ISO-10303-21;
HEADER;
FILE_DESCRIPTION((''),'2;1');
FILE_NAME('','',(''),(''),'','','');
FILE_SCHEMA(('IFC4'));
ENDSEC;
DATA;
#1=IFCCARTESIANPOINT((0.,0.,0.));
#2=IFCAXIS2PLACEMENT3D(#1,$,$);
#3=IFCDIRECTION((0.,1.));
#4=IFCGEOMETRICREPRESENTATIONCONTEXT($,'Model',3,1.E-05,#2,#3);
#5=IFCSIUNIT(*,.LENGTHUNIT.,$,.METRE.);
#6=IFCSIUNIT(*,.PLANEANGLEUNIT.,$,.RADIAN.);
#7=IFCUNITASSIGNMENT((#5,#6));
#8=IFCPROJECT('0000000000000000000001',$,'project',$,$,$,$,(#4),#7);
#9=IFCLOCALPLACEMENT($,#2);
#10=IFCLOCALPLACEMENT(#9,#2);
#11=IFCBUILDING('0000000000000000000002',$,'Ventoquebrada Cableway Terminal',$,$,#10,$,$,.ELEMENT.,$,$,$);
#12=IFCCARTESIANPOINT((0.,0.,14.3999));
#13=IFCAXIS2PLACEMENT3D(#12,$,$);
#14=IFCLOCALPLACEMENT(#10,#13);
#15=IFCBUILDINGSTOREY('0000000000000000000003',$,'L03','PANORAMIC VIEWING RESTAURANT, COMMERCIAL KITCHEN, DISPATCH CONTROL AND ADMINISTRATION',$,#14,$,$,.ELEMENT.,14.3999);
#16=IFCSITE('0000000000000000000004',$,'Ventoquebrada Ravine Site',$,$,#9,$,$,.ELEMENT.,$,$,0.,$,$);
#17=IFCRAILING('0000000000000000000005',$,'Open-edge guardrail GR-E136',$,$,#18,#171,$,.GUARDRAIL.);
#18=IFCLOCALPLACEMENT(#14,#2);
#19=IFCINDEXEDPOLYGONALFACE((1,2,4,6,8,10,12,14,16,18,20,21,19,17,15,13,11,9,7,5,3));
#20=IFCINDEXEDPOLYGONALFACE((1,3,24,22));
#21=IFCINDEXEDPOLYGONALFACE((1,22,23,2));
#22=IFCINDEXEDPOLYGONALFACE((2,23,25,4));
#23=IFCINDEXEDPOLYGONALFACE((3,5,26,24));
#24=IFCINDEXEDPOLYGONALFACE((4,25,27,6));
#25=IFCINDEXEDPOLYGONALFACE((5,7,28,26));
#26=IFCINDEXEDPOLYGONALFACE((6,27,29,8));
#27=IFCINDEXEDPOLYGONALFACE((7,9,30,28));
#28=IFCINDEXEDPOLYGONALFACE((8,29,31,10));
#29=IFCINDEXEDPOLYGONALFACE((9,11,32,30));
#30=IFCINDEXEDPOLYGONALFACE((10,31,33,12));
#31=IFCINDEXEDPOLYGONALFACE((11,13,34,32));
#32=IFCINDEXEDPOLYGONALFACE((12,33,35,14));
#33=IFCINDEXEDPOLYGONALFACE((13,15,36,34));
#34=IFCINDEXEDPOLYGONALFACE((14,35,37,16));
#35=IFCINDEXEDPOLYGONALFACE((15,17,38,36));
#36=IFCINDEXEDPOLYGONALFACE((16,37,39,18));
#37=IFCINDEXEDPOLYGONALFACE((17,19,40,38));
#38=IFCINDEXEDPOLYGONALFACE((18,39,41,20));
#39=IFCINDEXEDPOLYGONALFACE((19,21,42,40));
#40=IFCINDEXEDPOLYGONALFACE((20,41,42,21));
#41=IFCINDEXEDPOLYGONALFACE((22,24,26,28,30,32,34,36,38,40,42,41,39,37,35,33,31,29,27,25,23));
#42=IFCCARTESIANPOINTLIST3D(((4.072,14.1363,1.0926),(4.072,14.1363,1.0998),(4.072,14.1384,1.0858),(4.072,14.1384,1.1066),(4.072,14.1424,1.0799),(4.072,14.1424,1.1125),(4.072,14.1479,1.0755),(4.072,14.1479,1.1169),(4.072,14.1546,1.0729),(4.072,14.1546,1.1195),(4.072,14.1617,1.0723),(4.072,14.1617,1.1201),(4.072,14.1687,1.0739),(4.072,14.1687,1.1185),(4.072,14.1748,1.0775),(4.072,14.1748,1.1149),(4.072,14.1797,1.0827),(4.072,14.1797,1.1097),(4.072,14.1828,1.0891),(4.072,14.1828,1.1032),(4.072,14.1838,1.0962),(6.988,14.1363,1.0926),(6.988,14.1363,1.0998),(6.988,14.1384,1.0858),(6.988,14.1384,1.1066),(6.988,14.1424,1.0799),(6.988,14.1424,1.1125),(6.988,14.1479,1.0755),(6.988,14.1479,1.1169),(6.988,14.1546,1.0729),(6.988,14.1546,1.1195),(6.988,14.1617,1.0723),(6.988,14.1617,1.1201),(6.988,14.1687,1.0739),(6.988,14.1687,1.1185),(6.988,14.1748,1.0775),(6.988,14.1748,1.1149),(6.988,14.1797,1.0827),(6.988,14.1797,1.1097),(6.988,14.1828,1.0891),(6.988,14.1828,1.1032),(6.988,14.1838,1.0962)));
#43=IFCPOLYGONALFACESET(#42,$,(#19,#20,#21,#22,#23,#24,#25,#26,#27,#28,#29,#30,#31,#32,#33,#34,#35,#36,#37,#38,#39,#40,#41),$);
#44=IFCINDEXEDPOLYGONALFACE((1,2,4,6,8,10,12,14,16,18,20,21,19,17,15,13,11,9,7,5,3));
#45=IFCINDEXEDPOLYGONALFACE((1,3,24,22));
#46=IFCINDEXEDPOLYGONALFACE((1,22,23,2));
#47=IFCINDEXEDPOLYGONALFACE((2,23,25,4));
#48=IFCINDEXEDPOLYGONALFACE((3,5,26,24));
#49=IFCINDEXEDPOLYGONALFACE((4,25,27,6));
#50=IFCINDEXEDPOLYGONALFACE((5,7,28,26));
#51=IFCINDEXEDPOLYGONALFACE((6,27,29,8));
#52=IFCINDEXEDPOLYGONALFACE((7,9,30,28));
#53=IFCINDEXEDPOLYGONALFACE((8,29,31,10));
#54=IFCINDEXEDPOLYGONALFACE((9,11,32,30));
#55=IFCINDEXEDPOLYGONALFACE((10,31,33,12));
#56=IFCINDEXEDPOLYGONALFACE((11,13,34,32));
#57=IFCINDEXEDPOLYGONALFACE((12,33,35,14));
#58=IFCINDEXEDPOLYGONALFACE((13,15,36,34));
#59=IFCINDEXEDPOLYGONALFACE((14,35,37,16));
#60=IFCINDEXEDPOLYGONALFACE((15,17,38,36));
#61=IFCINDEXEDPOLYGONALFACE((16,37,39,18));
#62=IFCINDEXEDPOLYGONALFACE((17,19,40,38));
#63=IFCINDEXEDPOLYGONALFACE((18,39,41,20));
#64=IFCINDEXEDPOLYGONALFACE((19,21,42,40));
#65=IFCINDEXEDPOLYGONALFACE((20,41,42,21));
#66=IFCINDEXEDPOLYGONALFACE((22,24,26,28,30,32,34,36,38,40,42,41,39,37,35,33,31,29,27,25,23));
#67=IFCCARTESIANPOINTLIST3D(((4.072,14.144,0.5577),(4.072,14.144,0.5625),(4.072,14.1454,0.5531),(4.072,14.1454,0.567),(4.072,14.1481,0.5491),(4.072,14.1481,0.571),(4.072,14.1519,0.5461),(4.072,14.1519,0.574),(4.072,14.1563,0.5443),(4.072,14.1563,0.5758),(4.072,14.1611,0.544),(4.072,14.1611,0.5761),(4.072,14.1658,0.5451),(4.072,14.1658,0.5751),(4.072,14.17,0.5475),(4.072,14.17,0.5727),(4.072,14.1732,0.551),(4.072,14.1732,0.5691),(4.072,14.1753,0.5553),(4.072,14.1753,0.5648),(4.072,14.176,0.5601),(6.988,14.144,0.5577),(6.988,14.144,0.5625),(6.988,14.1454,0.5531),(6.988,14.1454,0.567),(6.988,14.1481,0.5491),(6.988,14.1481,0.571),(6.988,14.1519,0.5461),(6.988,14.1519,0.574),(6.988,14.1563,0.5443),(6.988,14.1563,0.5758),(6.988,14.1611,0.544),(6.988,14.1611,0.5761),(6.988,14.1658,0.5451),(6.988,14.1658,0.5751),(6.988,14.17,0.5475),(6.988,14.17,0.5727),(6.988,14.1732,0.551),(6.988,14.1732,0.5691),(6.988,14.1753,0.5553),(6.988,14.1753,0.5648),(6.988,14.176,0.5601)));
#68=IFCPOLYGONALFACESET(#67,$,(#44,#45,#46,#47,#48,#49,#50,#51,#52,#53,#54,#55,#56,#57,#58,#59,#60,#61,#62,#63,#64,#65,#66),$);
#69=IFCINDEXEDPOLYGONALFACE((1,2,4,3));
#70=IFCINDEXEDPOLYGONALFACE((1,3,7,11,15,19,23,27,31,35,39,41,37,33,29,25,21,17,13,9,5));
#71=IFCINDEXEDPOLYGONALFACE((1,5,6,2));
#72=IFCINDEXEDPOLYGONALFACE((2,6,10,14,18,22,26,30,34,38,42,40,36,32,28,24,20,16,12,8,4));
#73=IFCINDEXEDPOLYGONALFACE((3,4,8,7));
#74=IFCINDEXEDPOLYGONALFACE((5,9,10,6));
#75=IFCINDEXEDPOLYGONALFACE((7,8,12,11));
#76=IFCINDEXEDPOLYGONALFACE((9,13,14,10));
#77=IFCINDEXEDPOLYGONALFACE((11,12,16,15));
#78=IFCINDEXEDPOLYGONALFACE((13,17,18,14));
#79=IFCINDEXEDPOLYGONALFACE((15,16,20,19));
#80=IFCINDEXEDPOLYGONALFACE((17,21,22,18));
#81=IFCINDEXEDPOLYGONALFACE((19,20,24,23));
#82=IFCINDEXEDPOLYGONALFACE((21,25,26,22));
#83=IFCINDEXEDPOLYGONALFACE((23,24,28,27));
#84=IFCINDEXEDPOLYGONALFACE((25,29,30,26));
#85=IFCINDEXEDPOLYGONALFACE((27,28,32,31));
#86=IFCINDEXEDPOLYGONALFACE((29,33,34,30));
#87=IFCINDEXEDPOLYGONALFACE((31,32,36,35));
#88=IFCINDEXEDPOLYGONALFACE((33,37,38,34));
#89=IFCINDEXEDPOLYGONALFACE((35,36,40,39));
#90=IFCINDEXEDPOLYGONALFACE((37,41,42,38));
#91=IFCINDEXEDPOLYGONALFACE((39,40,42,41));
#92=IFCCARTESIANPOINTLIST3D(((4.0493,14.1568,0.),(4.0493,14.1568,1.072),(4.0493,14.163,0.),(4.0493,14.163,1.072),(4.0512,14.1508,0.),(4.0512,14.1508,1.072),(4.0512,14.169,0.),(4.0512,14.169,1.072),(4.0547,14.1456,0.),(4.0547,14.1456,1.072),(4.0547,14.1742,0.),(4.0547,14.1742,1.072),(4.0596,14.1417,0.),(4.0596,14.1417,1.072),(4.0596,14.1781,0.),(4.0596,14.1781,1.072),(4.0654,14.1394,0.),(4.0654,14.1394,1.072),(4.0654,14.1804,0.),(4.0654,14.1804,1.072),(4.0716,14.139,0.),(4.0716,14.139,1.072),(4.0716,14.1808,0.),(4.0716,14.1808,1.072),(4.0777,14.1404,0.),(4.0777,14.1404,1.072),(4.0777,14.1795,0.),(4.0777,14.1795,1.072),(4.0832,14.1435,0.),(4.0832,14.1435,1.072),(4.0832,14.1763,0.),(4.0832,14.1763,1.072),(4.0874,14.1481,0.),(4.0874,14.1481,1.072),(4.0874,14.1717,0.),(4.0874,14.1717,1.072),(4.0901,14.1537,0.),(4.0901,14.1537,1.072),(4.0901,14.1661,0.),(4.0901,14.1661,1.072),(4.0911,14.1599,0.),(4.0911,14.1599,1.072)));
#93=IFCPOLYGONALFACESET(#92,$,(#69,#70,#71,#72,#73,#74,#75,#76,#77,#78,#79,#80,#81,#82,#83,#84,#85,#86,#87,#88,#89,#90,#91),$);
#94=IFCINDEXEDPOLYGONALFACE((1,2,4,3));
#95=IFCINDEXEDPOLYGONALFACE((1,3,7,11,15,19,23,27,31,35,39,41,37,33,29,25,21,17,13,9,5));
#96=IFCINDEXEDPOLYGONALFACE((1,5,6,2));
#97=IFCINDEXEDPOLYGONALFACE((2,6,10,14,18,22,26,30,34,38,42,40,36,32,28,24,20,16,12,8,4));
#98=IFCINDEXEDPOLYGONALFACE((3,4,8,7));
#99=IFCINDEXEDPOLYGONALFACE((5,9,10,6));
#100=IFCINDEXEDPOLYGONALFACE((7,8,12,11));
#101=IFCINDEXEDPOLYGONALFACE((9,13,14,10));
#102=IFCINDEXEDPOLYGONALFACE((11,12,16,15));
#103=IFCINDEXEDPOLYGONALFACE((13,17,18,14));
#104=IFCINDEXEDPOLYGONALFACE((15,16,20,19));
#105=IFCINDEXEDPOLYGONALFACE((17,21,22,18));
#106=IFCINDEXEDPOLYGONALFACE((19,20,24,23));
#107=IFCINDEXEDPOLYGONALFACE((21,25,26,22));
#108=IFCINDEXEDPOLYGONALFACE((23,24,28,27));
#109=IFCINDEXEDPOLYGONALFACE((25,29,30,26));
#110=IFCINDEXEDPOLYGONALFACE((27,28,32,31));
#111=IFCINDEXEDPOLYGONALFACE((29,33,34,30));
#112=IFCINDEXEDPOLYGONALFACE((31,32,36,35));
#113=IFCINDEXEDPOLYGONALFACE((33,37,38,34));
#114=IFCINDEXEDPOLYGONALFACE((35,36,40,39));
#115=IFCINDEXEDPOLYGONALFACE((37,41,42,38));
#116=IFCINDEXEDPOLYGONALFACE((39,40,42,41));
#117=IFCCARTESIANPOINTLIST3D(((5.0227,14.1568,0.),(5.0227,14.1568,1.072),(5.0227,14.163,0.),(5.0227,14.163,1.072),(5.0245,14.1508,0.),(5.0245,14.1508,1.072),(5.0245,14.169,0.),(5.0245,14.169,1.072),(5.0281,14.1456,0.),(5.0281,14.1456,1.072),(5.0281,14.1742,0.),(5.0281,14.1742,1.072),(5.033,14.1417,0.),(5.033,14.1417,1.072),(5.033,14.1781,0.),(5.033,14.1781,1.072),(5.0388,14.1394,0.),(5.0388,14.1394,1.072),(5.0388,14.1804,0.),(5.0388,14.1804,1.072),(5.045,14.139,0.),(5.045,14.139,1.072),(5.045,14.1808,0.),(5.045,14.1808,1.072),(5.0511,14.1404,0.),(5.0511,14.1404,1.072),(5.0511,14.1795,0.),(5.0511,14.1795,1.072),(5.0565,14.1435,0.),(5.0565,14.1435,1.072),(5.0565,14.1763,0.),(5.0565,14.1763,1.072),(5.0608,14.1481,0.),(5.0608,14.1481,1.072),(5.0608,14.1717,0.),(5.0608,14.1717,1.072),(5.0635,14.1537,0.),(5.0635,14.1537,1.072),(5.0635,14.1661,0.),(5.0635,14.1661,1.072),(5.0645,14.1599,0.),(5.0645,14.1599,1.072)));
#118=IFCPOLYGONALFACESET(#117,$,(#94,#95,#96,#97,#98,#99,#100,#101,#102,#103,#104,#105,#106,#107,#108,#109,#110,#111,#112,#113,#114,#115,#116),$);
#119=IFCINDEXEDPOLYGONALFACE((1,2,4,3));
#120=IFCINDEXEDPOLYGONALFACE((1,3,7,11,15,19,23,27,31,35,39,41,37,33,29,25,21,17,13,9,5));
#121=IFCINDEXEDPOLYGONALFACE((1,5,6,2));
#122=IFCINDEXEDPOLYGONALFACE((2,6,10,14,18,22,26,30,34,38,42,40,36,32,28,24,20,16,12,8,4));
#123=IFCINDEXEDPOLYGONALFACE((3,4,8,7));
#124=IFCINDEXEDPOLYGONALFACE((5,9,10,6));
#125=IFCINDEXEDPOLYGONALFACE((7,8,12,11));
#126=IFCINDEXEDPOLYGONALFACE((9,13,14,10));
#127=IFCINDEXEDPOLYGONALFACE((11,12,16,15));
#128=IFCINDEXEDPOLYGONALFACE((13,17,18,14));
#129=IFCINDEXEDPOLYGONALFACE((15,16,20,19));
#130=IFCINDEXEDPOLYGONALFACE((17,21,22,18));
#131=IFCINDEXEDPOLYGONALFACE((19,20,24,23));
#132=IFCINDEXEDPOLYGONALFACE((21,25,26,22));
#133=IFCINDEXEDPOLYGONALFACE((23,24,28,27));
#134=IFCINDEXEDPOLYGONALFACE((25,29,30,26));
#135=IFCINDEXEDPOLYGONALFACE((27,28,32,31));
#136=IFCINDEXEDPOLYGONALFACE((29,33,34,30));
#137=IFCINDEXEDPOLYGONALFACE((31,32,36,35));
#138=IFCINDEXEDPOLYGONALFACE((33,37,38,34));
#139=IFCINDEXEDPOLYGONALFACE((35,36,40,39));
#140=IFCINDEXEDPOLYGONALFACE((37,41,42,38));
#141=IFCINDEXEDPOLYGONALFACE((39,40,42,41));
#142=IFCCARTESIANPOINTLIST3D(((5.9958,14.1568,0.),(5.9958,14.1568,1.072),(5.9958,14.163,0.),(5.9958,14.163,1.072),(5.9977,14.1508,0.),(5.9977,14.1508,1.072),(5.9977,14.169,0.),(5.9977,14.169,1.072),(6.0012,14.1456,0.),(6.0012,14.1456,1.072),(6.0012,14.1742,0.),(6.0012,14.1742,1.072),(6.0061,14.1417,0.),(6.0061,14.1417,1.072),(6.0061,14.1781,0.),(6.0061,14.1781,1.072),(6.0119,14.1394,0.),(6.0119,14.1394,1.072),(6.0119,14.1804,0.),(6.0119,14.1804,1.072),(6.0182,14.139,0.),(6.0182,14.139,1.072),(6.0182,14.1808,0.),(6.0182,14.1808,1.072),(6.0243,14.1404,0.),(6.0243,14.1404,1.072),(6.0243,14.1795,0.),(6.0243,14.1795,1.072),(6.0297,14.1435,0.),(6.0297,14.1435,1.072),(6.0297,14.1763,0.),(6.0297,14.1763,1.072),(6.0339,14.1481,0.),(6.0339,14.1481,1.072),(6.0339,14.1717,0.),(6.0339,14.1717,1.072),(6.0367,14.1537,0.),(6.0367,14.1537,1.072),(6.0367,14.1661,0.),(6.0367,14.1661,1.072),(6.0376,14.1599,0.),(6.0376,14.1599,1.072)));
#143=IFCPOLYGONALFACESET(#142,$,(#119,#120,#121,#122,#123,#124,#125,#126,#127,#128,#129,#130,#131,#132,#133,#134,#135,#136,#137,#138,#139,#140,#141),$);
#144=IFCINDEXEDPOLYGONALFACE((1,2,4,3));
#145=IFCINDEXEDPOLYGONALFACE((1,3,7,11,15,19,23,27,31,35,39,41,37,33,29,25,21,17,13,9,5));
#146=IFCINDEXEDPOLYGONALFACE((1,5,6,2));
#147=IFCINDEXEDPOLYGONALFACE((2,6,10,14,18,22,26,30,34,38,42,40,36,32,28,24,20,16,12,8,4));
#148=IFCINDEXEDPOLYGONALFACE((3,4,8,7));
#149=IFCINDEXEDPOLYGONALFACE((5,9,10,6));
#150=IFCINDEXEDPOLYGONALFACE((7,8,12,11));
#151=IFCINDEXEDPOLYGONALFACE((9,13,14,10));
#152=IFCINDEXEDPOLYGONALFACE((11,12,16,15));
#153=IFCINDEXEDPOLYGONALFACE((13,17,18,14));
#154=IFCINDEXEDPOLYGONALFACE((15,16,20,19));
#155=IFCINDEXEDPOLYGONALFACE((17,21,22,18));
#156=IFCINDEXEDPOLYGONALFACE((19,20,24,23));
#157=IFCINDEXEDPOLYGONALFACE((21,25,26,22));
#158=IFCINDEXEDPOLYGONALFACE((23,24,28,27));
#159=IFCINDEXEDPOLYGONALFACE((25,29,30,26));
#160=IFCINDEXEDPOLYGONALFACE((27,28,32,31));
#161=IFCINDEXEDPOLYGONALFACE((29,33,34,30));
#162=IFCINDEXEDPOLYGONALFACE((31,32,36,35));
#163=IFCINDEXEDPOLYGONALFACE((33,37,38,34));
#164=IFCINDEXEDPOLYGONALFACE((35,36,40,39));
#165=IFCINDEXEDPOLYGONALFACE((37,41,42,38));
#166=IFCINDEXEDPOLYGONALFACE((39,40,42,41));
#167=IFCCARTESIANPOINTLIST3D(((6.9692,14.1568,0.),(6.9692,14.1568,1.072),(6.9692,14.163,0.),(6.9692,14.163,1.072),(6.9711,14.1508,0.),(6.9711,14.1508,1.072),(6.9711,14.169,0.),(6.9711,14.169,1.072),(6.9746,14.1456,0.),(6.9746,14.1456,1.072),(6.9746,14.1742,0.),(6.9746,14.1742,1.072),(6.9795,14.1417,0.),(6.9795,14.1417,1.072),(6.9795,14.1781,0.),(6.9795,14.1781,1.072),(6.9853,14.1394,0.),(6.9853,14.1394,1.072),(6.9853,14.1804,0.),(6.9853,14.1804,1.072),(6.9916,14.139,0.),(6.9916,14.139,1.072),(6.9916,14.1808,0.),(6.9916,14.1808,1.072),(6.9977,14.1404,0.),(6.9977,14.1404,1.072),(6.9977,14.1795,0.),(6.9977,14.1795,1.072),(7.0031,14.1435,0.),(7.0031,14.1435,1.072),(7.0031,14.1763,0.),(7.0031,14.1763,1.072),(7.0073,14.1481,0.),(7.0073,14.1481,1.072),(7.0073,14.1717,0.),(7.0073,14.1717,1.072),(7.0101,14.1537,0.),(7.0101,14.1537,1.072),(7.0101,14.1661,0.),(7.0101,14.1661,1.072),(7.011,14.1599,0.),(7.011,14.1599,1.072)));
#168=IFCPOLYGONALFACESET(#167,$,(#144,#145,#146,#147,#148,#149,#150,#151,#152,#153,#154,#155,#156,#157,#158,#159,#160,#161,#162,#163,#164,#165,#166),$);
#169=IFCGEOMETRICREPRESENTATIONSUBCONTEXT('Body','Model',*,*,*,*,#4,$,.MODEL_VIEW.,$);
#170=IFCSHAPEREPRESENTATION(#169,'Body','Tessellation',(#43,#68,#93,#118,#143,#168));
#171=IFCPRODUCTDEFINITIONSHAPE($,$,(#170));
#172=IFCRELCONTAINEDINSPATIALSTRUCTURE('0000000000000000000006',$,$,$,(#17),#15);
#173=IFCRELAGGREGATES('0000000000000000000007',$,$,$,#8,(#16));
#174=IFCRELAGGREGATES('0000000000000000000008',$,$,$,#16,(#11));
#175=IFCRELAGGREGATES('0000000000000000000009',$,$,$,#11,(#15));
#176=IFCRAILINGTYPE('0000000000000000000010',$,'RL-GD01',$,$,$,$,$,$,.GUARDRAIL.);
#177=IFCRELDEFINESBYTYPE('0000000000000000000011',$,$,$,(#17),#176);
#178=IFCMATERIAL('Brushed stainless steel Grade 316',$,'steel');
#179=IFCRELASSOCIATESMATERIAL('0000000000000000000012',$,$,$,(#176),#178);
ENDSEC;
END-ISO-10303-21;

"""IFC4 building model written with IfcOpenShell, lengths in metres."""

from ifc_helpers import new_model, si_unit, direction, frame, origin, origin_2d, place, context, subcontext, project, spatial, circle, extrude, material, type_object, element, save


model = new_model("IFC4")

# Units and contexts
model_context = context("Model", 3, precision=1e-05, world=origin(), true_north=direction((0.0, 1.0)))
body_context = subcontext(model_context, "Body", "Model", "MODEL_VIEW")
ifc_project = project(units=[si_unit("LENGTHUNIT", "METRE"), si_unit("PLANEANGLEUNIT", "RADIAN")], contexts=[model_context])

# Site, building, storey
site_placement = place(None, origin())
site = spatial("IfcSite", under=ifc_project, at=site_placement, Name="Ventoquebrada Ravine Site", CompositionType="ELEMENT", RefElevation=0.0)
building_placement = place(site_placement, origin())
building = spatial("IfcBuilding", under=site, at=building_placement, Name="Ventoquebrada Cableway Terminal", CompositionType="ELEMENT")
storey_placement = place(building_placement, frame((0.0, 0.0, 14.3999)))
storey = spatial("IfcBuildingStorey", under=building, at=storey_placement, Name="L03", Description="PANORAMIC VIEWING RESTAURANT, COMMERCIAL KITCHEN, DISPATCH CONTROL AND ADMINISTRATION", CompositionType="ELEMENT", Elevation=14.3999)

# Railing
ifc_material_1 = material(Name="Brushed stainless steel Grade 316", Category="steel")
railing_type = type_object("IfcRailingType", Name="RL-GD01", PredefinedType="GUARDRAIL", material=ifc_material_1)
railing_placement = place(storey_placement, frame((4.0701, 14.1599, 0.0)))
element("IfcRailing", 1, at=railing_placement, inside=storey, type_object=railing_type, Name="Open-edge guardrail GR-E136", PredefinedType="GUARDRAIL", context=body_context, shape_type="SweptSolid", body=[
    extrude(circle(Radius=0.0239, at=origin_2d()), frame((0.002, 0.0, 1.0962), z_axis=(1.0, 0.0, 0.0), x_axis=(0.0, 1.0, 0.0)), (0.0, 0.0, 1.0), 2.916),
    extrude(circle(Radius=0.0161, at=origin_2d()), frame((0.002, 0.0, 0.5601), z_axis=(1.0, 0.0, 0.0), x_axis=(0.0, 1.0, 0.0)), (0.0, 0.0, 1.0), 2.916),
    extrude(circle(Radius=0.021, at=origin_2d()), origin(), (0.0, 0.0, 1.0), 1.072),
    extrude(circle(Radius=0.021, at=origin_2d()), frame((0.9734, 0.0, 0.0)), (0.0, 0.0, 1.0), 1.072),
    extrude(circle(Radius=0.021, at=origin_2d()), frame((1.9465, 0.0, 0.0)), (0.0, 0.0, 1.0), 1.072),
    extrude(circle(Radius=0.021, at=origin_2d()), frame((2.9199, 0.0, 0.0)), (0.0, 0.0, 1.0), 1.072),
])

save(model, "model.ifc")
